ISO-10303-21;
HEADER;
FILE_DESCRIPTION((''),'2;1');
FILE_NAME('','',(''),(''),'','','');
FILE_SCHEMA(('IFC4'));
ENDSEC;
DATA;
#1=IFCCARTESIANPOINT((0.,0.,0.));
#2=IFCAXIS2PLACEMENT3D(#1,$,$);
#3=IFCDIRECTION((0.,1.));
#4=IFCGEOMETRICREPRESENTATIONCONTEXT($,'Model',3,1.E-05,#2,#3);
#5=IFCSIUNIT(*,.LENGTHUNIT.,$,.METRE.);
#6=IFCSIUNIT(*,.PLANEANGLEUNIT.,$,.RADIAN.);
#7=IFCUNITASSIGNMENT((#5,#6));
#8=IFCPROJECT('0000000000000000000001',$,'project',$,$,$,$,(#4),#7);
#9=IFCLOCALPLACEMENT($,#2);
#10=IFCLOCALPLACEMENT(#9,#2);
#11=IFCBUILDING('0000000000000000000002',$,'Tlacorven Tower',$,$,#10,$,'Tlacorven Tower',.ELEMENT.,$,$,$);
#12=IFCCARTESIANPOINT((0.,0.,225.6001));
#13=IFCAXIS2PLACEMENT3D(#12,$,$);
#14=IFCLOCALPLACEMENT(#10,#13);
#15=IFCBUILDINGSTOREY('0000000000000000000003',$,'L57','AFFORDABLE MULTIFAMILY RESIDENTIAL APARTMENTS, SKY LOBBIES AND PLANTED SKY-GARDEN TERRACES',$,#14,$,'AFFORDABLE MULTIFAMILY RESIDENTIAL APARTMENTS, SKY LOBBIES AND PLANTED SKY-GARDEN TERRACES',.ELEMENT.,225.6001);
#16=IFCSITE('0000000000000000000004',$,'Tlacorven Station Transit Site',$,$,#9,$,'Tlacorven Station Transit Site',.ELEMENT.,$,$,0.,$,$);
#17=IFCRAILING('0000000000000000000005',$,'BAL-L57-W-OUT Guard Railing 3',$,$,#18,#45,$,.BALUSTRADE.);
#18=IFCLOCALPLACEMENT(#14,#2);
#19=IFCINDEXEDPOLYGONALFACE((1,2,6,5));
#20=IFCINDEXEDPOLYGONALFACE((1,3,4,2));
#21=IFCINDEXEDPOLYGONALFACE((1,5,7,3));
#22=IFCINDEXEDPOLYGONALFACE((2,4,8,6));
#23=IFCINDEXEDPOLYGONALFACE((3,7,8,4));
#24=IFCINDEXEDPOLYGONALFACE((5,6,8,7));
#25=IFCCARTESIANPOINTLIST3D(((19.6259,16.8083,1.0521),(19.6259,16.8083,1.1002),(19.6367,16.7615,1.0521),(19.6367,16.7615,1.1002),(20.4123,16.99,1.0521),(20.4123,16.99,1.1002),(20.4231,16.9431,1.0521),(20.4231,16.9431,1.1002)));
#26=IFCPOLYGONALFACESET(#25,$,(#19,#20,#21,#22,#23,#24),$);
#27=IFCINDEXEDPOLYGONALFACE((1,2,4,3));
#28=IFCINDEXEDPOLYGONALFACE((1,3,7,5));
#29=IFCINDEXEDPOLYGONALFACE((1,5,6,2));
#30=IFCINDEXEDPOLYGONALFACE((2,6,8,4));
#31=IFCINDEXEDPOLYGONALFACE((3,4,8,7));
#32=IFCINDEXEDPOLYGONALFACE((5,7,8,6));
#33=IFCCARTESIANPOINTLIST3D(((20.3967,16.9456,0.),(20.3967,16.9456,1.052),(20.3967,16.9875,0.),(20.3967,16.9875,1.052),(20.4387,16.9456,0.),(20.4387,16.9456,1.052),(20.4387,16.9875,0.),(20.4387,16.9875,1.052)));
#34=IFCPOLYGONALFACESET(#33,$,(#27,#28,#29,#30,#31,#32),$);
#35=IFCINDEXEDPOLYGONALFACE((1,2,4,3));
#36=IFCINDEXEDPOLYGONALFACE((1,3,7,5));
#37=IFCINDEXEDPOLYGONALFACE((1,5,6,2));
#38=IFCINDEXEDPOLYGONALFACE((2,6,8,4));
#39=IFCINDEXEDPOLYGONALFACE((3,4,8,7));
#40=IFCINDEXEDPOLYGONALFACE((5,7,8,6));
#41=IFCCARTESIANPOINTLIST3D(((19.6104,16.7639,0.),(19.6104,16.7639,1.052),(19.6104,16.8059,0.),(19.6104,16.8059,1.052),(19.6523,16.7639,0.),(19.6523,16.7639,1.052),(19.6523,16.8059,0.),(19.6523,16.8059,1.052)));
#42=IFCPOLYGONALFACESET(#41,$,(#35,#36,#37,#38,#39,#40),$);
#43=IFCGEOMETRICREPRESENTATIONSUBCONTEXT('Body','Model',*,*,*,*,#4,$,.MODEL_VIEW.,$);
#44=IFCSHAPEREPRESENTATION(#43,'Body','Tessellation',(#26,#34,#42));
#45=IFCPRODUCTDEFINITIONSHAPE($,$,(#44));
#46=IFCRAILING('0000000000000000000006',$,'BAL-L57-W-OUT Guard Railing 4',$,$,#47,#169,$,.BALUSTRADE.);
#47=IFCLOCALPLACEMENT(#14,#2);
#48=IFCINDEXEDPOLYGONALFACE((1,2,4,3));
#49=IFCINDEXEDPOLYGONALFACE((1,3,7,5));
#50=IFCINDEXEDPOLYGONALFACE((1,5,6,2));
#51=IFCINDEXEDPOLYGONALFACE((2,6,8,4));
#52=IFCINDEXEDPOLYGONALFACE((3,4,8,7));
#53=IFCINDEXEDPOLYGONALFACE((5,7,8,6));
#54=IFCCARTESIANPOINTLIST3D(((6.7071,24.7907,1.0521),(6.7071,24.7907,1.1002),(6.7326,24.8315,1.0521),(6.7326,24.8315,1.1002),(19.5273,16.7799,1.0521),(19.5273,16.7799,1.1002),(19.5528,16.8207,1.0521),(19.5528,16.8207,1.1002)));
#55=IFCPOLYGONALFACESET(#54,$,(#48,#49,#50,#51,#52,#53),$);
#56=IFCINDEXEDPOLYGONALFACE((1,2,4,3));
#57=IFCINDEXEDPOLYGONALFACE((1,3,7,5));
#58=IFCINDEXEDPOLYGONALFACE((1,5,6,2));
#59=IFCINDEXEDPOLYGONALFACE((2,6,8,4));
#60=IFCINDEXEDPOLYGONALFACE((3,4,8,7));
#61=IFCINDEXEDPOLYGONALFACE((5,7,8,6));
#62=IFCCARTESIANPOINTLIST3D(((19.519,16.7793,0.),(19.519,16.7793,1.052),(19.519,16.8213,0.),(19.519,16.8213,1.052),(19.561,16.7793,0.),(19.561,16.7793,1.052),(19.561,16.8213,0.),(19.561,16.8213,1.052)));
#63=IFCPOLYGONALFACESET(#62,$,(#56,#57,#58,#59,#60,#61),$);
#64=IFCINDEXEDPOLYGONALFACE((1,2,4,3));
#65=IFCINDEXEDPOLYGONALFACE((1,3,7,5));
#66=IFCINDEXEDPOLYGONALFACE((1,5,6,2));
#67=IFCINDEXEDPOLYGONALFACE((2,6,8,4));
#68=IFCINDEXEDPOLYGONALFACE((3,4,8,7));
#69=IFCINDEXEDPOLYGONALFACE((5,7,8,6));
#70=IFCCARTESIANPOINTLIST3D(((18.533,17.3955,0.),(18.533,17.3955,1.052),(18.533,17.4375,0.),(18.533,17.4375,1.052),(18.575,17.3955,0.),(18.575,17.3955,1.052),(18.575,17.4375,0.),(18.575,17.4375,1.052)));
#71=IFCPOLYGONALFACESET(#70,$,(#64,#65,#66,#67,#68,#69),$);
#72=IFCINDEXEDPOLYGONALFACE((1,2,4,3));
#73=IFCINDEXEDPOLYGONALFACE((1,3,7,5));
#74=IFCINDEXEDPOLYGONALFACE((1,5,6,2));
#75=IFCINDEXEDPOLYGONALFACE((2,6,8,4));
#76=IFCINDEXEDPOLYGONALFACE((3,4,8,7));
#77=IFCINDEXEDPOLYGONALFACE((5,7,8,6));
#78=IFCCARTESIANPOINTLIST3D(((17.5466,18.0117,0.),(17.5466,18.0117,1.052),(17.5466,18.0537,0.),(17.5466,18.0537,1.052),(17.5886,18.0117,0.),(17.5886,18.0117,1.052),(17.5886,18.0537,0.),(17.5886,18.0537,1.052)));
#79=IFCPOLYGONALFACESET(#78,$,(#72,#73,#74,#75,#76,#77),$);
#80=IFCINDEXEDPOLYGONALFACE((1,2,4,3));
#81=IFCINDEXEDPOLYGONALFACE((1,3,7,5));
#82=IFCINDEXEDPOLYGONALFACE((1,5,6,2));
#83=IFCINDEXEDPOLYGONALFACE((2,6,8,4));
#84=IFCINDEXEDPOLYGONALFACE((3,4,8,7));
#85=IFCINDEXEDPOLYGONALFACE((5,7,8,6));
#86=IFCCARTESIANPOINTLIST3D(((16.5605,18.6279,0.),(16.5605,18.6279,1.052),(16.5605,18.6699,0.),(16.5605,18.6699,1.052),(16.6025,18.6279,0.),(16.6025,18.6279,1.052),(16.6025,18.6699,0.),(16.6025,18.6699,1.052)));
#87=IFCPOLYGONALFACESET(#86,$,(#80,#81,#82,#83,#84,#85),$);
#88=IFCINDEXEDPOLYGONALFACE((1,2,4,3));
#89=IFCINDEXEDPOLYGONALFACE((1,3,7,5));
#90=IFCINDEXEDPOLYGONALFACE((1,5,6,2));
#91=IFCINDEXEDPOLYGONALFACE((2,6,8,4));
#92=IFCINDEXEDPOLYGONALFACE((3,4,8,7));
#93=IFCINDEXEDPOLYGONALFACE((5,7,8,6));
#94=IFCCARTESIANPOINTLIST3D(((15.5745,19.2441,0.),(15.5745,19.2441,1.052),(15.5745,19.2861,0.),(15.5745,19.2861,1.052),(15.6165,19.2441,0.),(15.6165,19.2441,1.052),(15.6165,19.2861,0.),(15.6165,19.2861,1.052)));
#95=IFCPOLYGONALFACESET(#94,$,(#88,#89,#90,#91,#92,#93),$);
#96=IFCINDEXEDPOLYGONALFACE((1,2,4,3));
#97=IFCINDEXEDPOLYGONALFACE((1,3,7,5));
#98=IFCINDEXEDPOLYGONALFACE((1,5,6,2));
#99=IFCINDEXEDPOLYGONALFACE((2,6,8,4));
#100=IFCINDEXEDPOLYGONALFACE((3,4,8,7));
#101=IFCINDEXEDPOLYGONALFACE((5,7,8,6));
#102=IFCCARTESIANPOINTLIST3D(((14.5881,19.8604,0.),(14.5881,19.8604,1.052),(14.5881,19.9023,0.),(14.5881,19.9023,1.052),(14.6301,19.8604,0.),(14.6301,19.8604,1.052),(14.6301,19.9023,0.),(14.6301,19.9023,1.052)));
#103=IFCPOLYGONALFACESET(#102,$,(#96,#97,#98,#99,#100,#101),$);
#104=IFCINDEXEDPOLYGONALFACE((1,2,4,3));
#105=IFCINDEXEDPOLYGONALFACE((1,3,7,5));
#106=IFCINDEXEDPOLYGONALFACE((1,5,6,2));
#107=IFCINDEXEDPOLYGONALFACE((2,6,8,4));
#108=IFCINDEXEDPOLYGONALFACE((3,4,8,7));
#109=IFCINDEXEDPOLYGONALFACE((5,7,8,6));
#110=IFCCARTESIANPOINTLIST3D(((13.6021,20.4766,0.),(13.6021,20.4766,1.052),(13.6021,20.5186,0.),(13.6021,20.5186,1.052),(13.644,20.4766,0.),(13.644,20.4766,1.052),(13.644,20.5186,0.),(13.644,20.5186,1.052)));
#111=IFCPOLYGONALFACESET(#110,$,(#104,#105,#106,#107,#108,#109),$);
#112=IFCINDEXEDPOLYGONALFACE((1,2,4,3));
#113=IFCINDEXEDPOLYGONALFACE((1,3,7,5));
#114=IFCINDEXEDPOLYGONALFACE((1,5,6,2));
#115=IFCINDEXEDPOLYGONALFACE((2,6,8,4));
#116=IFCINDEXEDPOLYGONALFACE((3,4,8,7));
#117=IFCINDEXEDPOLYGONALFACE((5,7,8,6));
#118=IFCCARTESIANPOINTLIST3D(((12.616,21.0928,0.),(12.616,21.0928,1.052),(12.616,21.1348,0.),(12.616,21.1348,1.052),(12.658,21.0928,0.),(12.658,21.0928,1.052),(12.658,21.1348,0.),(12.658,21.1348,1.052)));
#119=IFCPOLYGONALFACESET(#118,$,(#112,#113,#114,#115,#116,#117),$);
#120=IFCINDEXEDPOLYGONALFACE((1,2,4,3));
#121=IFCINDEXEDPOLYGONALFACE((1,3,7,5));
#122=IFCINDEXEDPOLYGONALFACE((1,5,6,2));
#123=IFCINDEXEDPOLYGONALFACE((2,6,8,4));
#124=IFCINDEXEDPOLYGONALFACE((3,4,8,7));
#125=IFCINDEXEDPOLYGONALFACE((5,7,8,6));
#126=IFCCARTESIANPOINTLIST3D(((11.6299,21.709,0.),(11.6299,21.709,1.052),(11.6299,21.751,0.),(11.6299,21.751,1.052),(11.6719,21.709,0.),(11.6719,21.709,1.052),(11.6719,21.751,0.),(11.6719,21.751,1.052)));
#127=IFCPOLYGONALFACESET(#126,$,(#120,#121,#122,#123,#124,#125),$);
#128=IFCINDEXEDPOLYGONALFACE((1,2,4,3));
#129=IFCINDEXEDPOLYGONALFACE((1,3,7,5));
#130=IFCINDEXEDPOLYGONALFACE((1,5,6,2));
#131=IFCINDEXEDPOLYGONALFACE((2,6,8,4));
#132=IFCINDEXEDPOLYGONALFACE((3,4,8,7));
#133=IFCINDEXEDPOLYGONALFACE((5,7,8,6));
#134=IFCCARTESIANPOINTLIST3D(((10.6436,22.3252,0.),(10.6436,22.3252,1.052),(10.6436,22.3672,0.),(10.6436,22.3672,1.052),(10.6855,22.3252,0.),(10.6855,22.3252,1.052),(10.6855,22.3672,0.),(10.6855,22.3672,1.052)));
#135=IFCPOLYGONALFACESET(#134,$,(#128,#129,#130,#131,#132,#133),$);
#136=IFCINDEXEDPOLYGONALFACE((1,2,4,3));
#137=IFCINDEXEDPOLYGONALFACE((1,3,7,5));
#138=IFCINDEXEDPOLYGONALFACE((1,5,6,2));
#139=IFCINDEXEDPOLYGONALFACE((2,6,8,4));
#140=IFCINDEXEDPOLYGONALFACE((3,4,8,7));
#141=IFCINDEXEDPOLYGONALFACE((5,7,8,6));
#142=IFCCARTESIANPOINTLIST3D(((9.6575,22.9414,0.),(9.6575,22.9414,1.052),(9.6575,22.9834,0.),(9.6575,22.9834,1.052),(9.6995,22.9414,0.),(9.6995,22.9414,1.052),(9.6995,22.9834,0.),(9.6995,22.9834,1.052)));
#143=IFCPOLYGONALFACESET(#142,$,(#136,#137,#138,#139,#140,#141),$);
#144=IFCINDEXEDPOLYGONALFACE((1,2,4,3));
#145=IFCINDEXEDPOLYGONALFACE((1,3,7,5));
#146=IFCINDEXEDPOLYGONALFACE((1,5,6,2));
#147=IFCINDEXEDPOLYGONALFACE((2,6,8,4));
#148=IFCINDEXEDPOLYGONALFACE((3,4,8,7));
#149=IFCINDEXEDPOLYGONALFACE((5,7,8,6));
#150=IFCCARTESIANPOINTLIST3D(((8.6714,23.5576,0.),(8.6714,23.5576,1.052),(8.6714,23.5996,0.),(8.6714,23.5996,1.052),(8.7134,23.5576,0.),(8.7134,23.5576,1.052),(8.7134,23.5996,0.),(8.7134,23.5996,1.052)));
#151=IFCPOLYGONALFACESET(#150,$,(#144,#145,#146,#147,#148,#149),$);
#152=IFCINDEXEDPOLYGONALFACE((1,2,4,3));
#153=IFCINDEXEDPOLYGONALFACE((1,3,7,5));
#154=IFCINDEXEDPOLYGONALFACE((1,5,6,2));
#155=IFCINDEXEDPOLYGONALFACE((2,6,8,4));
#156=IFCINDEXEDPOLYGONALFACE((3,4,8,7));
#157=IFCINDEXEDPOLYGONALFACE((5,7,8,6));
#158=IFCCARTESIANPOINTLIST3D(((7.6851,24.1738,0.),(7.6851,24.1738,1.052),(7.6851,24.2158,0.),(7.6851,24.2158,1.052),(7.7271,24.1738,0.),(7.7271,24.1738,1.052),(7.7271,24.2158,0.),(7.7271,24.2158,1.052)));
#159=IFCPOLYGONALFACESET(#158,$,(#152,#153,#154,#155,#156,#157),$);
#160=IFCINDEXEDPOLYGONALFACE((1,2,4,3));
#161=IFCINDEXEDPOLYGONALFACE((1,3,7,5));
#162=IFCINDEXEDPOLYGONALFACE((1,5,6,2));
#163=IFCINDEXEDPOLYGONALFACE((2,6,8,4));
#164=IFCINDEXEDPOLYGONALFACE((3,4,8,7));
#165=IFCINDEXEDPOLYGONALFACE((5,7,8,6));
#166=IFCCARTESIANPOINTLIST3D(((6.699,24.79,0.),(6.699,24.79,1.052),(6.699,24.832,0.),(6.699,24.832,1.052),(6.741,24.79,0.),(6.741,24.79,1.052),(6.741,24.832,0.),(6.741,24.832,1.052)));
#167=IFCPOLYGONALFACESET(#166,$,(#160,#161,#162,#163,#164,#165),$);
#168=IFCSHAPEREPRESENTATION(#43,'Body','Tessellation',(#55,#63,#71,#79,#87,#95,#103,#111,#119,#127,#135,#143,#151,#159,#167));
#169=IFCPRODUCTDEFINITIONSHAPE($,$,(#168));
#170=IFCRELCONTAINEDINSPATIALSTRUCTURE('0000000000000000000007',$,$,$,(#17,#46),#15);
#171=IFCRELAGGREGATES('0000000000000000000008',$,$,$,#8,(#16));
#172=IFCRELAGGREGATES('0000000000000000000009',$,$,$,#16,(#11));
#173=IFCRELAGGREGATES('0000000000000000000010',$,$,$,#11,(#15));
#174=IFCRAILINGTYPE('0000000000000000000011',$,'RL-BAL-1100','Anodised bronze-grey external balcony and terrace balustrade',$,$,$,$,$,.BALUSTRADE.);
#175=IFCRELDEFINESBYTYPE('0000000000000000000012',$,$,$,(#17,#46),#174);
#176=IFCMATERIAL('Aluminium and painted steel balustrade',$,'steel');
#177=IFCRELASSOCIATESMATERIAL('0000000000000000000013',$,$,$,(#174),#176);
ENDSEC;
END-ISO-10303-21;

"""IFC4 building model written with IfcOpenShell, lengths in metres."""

from ifc_helpers import new_model, si_unit, direction, frame, origin, origin_2d, place, context, subcontext, project, spatial, rectangle, extrude, source, transform, mapped, material, type_object, element, save


model = new_model("IFC4")

# Units and contexts
model_context = context("Model", 3, precision=1e-05, world=origin(), true_north=direction((0.0, 1.0)))
body_context = subcontext(model_context, "Body", "Model", "MODEL_VIEW")
ifc_project = project(units=[si_unit("LENGTHUNIT", "METRE"), si_unit("PLANEANGLEUNIT", "RADIAN")], contexts=[model_context])

# Site, building, storey
site_placement = place(None, origin())
site = spatial("IfcSite", under=ifc_project, at=site_placement, Name="Tlacorven Station Transit Site", LongName="Tlacorven Station Transit Site", CompositionType="ELEMENT", RefElevation=0.0)
building_placement = place(site_placement, origin())
building = spatial("IfcBuilding", under=site, at=building_placement, Name="Tlacorven Tower", LongName="Tlacorven Tower", CompositionType="ELEMENT")
storey_placement = place(building_placement, frame((0.0, 0.0, 225.6001)))
storey = spatial("IfcBuildingStorey", under=building, at=storey_placement, Name="L57", Description="AFFORDABLE MULTIFAMILY RESIDENTIAL APARTMENTS, SKY LOBBIES AND PLANTED SKY-GARDEN TERRACES", LongName="AFFORDABLE MULTIFAMILY RESIDENTIAL APARTMENTS, SKY LOBBIES AND PLANTED SKY-GARDEN TERRACES", CompositionType="ELEMENT", Elevation=225.6001)

# Railings
ifc_material_1 = material(Name="Aluminium and painted steel balustrade", Category="steel")
railing_type = type_object("IfcRailingType", Name="RL-BAL-1100", Description="Anodised bronze-grey external balcony and terrace balustrade", PredefinedType="BALUSTRADE", material=ifc_material_1)
shared_shape_1 = source(origin(), body_context, "Body", "SweptSolid", [
    extrude(rectangle(XDim=0.0481, YDim=0.0481, at=origin_2d()), frame((0.0, 0.0, 1.0762), z_axis=(-0.974345, -0.225058, 0.0), x_axis=(0.225058, -0.974345, 0.0)), (0.0, 0.0, 1.0), 0.8071),
    extrude(rectangle(XDim=0.042, YDim=0.042, at=origin_2d()), origin(), (0.0, 0.0, 1.0), 1.052),
    extrude(rectangle(XDim=0.042, YDim=0.042, at=origin_2d()), frame((-0.7864, -0.1816, 0.0)), (0.0, 0.0, 1.0), 1.052),
])
railing_1_placement = place(storey_placement, frame((20.4177, 16.9666, 0.0)))
element("IfcRailing", 1, at=railing_1_placement, inside=storey, type_object=railing_type, Name="BAL-L57-W-OUT Guard Railing 3", PredefinedType="BALUSTRADE", context=body_context, shape_type="MappedRepresentation", body=[
    mapped(shared_shape_1, transform((0.0, 0.0, 0.0), scale=1.0)),
])
shared_shape_2 = source(origin(), body_context, "Body", "SweptSolid", [
    extrude(rectangle(XDim=0.0481, YDim=0.0481, at=origin_2d()), frame((0.0, 0.0, 1.0762), z_axis=(-0.848052, 0.529913, 0.0), x_axis=(-0.529913, -0.848052, 0.0)), (0.0, 0.0, 1.0), 15.1172),
    extrude(rectangle(XDim=0.042, YDim=0.042, at=origin_2d()), origin(), (0.0, 0.0, 1.0), 1.052),
    extrude(rectangle(XDim=0.042, YDim=0.042, at=origin_2d()), frame((-0.9861, 0.6162, 0.0)), (0.0, 0.0, 1.0), 1.052),
    extrude(rectangle(XDim=0.042, YDim=0.042, at=origin_2d()), frame((-1.9724, 1.2324, 0.0)), (0.0, 0.0, 1.0), 1.052),
    extrude(rectangle(XDim=0.042, YDim=0.042, at=origin_2d()), frame((-2.9585, 1.8486, 0.0)), (0.0, 0.0, 1.0), 1.052),
    extrude(rectangle(XDim=0.042, YDim=0.042, at=origin_2d()), frame((-3.9446, 2.4648, 0.0)), (0.0, 0.0, 1.0), 1.052),
    extrude(rectangle(XDim=0.042, YDim=0.042, at=origin_2d()), frame((-4.9309, 3.0811, 0.0)), (0.0, 0.0, 1.0), 1.052),
    extrude(rectangle(XDim=0.042, YDim=0.042, at=origin_2d()), frame((-5.917, 3.6973, 0.0)), (0.0, 0.0, 1.0), 1.052),
    extrude(rectangle(XDim=0.042, YDim=0.042, at=origin_2d()), frame((-6.9031, 4.3135, 0.0)), (0.0, 0.0, 1.0), 1.052),
    extrude(rectangle(XDim=0.042, YDim=0.042, at=origin_2d()), frame((-7.8892, 4.9297, 0.0)), (0.0, 0.0, 1.0), 1.052),
    extrude(rectangle(XDim=0.042, YDim=0.042, at=origin_2d()), frame((-8.8755, 5.5459, 0.0)), (0.0, 0.0, 1.0), 1.052),
    extrude(rectangle(XDim=0.042, YDim=0.042, at=origin_2d()), frame((-9.8616, 6.1621, 0.0)), (0.0, 0.0, 1.0), 1.052),
    extrude(rectangle(XDim=0.042, YDim=0.042, at=origin_2d()), frame((-10.8477, 6.7783, 0.0)), (0.0, 0.0, 1.0), 1.052),
    extrude(rectangle(XDim=0.042, YDim=0.042, at=origin_2d()), frame((-11.834, 7.3945, 0.0)), (0.0, 0.0, 1.0), 1.052),
    extrude(rectangle(XDim=0.042, YDim=0.042, at=origin_2d()), frame((-12.8201, 8.0107, 0.0)), (0.0, 0.0, 1.0), 1.052),
])
railing_2_placement = place(storey_placement, frame((19.54, 16.8003, 0.0)))
element("IfcRailing", 2, at=railing_2_placement, inside=storey, type_object=railing_type, Name="BAL-L57-W-OUT Guard Railing 4", PredefinedType="BALUSTRADE", context=body_context, shape_type="MappedRepresentation", body=[
    mapped(shared_shape_2, transform((0.0, 0.0, 0.0), scale=1.0)),
])

save(model, "model.ifc")
